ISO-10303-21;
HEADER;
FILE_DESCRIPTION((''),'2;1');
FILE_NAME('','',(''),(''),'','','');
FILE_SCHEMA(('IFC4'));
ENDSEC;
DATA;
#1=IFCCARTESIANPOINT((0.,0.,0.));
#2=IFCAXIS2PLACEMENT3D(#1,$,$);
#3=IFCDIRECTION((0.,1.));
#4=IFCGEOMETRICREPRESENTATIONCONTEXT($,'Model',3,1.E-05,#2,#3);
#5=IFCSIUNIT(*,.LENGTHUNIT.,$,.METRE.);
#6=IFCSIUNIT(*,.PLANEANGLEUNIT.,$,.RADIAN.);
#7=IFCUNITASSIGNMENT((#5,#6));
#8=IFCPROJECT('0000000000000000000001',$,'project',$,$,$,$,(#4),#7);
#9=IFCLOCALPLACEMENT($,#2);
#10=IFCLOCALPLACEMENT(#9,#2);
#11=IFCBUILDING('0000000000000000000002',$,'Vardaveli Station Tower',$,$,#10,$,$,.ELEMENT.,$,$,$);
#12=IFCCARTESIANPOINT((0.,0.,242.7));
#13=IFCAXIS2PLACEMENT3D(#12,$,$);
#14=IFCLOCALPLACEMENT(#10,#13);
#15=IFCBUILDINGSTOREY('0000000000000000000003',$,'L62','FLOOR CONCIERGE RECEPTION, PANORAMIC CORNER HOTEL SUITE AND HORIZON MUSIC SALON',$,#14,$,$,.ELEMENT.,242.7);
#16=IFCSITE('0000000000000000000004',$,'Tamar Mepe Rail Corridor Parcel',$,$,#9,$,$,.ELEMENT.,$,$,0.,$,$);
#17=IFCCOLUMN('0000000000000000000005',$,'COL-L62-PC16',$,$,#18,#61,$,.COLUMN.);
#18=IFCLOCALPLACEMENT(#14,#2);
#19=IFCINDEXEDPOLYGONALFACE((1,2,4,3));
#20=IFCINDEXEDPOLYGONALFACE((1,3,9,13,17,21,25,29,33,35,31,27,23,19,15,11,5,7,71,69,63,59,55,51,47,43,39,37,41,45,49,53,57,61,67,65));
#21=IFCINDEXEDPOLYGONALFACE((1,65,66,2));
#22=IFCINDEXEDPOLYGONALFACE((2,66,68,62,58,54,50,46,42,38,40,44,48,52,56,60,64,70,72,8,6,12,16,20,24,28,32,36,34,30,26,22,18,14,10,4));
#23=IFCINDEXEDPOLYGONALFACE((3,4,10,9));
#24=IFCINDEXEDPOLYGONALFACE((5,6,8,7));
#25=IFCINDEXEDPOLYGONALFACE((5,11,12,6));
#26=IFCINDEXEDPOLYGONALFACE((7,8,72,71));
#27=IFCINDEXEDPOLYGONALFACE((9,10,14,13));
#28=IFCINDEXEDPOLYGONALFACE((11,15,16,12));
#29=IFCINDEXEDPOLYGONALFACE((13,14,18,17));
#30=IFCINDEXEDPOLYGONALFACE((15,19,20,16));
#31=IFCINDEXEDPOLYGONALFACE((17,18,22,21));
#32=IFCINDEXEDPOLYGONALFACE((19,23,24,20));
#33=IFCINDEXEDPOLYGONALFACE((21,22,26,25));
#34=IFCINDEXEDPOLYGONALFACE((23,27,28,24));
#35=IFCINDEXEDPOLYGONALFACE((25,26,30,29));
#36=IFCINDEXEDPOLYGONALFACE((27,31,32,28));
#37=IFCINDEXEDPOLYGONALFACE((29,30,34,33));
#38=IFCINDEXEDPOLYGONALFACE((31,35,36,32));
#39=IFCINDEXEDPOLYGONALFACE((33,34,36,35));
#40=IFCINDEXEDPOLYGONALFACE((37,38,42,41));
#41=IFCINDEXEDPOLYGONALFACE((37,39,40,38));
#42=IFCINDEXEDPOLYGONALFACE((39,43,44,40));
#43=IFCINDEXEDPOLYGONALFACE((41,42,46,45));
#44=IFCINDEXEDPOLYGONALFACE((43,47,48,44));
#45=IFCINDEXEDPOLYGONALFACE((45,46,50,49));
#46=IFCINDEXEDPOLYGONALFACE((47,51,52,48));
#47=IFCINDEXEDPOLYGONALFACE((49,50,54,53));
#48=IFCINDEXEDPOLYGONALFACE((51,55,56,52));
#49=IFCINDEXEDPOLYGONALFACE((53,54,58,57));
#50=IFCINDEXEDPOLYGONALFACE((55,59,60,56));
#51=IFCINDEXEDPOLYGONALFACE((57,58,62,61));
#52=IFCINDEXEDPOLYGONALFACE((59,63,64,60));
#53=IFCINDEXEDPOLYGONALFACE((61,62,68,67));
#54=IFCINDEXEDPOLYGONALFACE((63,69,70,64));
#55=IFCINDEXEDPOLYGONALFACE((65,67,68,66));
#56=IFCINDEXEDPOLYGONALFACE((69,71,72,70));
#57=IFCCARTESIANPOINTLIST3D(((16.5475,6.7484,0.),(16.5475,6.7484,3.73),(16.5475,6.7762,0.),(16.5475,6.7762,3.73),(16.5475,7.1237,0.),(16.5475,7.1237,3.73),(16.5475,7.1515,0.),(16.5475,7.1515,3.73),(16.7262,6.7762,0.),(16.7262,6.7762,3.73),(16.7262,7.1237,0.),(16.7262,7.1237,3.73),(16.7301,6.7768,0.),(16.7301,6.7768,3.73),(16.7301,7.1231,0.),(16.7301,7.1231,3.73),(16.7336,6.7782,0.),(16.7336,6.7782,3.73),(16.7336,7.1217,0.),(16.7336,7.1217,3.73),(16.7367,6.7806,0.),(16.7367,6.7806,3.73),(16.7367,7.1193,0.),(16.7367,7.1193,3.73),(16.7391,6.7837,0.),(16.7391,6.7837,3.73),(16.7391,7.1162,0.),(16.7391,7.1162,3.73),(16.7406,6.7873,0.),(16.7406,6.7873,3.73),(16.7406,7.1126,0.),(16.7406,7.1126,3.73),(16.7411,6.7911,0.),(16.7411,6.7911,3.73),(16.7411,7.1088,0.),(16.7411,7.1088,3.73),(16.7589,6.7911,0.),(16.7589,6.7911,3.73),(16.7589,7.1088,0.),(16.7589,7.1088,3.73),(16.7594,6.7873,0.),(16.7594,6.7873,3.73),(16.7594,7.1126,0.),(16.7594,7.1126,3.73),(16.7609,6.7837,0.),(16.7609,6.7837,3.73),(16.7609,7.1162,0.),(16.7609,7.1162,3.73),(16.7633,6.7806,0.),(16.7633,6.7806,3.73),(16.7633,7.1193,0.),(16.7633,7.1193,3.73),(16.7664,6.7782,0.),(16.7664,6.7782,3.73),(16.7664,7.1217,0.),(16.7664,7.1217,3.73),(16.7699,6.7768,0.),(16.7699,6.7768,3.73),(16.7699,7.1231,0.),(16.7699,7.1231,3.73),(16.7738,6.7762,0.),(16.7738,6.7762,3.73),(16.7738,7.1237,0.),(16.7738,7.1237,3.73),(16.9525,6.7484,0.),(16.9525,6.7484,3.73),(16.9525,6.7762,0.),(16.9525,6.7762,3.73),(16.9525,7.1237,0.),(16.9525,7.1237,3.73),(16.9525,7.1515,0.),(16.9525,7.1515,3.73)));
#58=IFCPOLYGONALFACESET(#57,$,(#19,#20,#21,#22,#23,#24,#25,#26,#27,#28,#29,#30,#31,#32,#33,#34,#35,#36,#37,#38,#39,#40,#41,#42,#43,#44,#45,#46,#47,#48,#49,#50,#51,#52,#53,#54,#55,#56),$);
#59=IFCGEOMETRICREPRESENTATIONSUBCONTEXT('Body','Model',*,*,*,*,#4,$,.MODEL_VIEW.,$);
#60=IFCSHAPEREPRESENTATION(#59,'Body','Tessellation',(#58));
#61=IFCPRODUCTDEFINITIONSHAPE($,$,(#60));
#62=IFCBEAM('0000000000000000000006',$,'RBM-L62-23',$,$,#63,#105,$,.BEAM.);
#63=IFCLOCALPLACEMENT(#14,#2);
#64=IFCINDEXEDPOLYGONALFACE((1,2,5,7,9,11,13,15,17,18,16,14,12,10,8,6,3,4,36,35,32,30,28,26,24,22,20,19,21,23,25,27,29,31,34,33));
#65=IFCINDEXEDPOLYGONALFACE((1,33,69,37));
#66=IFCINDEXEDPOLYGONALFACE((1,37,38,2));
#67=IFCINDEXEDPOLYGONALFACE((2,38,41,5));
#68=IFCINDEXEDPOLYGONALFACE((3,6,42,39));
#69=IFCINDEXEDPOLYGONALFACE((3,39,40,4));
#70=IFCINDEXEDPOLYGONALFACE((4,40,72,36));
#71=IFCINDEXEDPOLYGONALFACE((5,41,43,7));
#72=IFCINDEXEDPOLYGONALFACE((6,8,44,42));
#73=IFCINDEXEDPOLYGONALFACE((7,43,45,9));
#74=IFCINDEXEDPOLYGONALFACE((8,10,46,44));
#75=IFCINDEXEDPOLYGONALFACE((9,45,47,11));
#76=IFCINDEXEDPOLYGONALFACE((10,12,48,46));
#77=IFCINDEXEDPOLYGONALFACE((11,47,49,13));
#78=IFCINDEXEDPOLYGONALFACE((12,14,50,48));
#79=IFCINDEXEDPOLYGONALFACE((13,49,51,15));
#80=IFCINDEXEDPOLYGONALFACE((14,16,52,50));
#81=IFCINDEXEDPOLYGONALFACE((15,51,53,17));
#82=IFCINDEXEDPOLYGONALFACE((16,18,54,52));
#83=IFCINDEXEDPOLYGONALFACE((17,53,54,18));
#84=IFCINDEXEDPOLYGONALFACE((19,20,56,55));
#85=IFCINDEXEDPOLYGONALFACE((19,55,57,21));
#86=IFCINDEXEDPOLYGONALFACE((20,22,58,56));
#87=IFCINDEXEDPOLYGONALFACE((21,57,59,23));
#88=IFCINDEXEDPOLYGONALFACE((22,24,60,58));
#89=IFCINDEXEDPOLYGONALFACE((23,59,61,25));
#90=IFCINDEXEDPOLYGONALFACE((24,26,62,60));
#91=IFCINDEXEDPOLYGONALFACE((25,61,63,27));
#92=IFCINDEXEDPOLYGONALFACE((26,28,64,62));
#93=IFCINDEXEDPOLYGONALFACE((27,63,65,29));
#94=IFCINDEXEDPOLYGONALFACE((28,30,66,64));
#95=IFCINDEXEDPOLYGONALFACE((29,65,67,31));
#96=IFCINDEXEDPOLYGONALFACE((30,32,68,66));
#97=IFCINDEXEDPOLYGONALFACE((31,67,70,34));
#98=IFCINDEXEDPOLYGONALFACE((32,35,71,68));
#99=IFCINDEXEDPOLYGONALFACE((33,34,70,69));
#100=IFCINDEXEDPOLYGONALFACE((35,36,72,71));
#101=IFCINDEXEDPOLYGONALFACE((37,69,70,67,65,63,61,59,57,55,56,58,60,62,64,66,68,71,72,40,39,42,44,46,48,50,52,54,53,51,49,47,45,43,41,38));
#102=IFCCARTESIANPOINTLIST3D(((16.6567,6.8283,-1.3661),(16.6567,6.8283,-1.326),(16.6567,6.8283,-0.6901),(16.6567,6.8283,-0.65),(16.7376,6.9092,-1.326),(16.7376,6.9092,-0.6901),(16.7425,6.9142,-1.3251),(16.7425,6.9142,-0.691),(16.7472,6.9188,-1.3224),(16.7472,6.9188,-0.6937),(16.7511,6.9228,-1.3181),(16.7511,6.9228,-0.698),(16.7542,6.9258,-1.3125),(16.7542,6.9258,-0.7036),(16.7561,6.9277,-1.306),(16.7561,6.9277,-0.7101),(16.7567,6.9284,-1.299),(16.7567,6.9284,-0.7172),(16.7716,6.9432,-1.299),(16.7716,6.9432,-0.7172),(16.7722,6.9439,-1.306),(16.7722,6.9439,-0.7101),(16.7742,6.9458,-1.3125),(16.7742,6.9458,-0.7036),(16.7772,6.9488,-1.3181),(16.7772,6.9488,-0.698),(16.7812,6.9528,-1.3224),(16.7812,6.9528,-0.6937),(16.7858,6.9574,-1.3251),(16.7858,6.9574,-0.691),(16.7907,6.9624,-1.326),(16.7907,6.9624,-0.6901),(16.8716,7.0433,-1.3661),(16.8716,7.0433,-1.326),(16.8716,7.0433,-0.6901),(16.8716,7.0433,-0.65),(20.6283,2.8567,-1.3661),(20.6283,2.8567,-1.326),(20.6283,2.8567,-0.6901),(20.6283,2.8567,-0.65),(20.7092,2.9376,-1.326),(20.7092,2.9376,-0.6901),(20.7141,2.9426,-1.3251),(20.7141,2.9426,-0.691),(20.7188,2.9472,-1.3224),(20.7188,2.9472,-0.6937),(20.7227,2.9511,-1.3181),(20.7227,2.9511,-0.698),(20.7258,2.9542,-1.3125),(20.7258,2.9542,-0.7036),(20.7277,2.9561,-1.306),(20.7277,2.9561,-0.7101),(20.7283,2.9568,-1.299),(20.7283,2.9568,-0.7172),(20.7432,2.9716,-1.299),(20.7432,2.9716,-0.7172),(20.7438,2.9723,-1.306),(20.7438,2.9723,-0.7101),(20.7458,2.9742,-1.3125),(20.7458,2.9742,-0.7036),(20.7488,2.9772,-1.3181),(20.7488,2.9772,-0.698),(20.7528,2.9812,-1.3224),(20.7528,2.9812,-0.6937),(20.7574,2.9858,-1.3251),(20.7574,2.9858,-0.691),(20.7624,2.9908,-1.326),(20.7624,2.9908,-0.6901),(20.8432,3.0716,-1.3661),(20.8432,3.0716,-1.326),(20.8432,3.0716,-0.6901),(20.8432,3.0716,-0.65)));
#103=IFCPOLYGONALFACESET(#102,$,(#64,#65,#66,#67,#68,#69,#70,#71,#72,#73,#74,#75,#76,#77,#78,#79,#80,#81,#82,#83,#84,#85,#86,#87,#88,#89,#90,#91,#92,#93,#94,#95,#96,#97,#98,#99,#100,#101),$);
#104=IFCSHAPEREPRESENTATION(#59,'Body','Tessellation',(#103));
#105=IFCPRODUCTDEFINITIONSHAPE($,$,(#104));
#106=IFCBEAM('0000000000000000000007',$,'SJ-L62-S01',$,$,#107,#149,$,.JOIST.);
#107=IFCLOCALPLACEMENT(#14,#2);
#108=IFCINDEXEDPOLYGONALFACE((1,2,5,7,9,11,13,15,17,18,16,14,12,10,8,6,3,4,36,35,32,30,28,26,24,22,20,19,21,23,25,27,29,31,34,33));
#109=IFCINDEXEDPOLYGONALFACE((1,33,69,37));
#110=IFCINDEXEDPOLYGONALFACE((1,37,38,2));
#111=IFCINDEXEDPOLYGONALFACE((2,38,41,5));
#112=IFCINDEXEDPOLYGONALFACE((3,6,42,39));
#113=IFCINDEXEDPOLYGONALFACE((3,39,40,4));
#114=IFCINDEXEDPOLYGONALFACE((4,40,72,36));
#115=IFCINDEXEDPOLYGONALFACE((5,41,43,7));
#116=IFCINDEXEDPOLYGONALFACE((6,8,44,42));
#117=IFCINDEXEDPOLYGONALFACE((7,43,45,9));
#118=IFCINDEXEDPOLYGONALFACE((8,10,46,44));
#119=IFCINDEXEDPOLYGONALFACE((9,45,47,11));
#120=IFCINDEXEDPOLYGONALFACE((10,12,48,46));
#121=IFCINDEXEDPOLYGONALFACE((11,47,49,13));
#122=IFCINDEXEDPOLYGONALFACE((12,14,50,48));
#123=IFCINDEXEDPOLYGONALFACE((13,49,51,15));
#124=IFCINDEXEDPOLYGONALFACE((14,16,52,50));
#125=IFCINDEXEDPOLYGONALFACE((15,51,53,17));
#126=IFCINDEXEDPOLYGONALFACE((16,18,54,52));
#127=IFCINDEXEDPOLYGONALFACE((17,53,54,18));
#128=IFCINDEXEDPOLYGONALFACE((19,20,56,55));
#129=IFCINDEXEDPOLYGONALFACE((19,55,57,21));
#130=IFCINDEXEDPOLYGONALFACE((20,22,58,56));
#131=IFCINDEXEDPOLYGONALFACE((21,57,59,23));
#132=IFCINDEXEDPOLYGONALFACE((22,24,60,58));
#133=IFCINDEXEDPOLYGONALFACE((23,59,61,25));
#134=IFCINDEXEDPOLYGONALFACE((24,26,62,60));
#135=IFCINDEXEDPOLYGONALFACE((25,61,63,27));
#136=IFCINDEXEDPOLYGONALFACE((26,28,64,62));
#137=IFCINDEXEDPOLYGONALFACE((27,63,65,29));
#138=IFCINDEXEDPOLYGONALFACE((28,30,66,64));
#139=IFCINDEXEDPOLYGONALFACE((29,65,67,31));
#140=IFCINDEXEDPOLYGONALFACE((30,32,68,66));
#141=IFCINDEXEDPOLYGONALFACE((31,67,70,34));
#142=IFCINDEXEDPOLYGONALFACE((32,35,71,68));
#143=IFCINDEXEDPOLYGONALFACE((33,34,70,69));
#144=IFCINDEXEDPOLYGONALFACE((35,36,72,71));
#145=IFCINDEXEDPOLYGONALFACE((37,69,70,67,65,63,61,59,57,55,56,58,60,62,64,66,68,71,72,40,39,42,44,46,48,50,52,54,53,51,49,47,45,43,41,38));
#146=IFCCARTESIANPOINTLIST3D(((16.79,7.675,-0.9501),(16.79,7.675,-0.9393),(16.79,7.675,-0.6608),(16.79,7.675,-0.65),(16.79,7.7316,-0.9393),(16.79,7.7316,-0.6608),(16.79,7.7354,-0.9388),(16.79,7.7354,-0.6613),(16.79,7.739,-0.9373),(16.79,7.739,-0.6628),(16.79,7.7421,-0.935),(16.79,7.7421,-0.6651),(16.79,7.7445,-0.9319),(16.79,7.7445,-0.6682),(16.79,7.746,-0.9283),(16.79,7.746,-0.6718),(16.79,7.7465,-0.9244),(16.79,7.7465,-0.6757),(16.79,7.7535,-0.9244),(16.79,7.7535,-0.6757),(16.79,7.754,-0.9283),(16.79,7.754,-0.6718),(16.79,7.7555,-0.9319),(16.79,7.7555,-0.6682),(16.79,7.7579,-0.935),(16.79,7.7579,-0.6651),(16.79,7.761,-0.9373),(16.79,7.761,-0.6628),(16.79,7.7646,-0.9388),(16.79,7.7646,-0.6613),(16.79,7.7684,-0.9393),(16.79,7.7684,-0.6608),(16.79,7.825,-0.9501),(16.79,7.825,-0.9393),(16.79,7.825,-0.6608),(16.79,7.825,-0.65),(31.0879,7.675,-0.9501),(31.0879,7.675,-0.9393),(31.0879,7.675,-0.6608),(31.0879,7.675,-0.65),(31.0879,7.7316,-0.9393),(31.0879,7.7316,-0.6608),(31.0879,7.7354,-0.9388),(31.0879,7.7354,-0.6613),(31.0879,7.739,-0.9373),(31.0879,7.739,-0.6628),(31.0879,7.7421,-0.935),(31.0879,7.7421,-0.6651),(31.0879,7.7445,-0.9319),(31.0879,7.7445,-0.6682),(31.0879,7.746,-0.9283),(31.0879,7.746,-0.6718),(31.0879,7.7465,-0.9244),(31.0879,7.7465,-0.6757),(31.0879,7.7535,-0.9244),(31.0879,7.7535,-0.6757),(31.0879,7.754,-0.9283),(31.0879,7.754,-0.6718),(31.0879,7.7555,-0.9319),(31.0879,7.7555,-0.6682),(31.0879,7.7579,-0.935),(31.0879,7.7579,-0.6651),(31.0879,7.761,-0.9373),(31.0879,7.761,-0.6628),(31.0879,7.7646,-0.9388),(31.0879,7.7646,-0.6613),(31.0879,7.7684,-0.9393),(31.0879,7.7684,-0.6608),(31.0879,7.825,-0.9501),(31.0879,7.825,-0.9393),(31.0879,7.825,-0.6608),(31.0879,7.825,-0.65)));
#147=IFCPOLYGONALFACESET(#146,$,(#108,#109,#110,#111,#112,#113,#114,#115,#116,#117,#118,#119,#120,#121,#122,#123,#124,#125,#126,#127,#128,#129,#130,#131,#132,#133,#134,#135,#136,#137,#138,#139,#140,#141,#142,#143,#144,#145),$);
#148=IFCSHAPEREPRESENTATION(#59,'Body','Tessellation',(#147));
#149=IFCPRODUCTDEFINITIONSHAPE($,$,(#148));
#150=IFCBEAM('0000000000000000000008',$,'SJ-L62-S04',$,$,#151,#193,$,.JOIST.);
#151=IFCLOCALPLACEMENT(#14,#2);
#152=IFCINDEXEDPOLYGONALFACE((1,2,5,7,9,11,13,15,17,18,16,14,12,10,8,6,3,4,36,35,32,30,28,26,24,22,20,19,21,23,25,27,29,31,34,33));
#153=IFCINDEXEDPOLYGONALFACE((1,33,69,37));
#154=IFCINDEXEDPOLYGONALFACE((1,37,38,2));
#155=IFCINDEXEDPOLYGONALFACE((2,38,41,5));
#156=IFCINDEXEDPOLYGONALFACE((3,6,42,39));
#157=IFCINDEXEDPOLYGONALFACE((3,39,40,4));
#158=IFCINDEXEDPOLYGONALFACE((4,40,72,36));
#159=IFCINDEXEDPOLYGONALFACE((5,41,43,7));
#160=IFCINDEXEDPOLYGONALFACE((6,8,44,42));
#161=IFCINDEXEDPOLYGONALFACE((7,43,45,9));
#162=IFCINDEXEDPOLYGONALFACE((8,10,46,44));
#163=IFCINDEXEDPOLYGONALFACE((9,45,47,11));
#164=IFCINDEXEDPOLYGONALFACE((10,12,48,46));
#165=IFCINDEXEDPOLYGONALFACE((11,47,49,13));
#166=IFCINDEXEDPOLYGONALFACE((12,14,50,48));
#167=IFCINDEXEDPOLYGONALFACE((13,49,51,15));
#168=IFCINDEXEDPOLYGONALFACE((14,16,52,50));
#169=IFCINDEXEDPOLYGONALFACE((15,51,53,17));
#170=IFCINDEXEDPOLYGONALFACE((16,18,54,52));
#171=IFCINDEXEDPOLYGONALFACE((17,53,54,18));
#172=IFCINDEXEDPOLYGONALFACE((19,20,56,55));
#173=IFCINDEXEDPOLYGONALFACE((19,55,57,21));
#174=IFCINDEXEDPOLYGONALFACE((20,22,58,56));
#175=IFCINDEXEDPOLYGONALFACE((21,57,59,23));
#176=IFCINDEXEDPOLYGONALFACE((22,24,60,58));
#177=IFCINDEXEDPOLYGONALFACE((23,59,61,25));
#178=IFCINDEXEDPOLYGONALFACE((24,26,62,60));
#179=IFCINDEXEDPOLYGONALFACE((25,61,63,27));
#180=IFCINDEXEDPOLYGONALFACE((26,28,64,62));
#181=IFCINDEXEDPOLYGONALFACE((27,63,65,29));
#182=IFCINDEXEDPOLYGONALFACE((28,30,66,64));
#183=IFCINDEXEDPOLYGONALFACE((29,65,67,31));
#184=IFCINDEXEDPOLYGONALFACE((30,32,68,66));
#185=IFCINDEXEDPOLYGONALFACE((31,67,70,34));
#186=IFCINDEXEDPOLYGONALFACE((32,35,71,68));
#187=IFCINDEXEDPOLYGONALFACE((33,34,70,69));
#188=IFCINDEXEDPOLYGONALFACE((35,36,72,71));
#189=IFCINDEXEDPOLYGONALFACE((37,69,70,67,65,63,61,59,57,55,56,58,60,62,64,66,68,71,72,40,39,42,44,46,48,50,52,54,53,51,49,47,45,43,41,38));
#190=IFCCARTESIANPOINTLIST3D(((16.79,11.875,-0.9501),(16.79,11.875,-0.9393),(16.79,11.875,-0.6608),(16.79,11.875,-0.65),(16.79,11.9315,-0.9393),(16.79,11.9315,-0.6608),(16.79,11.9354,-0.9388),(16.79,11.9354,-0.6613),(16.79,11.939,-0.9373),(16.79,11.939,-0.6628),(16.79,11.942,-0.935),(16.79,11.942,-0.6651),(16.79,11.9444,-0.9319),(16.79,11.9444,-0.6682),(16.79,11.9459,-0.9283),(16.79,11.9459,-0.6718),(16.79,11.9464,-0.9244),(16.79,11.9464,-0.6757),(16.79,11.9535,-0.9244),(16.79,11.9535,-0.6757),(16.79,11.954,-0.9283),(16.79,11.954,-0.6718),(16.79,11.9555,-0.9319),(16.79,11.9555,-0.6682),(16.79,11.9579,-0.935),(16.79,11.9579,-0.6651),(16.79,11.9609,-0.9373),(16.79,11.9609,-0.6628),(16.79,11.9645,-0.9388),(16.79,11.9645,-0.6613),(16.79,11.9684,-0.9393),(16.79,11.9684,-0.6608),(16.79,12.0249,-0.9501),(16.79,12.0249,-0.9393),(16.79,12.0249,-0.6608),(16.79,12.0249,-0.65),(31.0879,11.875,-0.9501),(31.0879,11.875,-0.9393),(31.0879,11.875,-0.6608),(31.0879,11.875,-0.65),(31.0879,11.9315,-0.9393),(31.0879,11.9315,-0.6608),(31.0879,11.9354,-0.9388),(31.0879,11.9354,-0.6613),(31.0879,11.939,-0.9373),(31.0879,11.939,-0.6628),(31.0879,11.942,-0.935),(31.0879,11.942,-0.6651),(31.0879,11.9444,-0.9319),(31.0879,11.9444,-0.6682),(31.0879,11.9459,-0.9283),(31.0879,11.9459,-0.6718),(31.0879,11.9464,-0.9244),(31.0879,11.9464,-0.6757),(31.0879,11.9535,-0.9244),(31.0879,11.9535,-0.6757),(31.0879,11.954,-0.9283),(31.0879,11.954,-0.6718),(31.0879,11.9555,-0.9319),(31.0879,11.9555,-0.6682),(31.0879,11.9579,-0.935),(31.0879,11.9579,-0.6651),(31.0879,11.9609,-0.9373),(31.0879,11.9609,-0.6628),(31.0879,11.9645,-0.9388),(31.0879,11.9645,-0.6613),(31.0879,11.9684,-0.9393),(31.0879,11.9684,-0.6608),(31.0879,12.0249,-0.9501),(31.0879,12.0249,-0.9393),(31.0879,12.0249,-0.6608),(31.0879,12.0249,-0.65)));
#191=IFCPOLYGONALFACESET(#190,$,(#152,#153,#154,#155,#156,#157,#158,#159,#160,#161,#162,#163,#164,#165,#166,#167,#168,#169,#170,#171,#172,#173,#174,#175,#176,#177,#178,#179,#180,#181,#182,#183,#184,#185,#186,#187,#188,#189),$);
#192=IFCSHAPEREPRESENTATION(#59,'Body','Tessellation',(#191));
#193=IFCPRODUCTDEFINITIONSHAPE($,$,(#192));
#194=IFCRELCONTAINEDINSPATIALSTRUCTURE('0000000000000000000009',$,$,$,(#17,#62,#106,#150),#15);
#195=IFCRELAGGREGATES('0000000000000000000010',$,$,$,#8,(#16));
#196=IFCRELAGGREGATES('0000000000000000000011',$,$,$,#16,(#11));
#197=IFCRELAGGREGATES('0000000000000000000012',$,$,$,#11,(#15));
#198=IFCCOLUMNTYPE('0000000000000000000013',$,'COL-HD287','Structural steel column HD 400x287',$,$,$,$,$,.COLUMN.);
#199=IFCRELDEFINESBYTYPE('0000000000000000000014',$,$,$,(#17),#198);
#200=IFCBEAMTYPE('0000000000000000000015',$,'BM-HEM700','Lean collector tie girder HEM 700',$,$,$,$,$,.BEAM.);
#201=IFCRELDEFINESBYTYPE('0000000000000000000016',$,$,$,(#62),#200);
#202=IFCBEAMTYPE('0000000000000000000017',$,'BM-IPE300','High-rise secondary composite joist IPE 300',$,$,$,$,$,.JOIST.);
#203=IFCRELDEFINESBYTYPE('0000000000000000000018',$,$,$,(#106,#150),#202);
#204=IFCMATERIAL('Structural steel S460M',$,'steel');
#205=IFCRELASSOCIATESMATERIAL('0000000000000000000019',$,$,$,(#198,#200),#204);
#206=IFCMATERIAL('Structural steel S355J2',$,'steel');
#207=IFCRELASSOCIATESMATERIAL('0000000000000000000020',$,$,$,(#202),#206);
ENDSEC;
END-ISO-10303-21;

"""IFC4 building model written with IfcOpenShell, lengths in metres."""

from ifc_helpers import new_model, si_unit, direction, frame, origin, origin_2d, place, context, subcontext, project, spatial, i_section, extrude, source, transform, mapped, material, material_profile, profile_set, type_object, element, save


model = new_model("IFC4")

# Units and contexts
model_context = context("Model", 3, precision=1e-05, world=origin(), true_north=direction((0.0, 1.0)))
body_context = subcontext(model_context, "Body", "Model", "MODEL_VIEW")
ifc_project = project(units=[si_unit("LENGTHUNIT", "METRE"), si_unit("PLANEANGLEUNIT", "RADIAN")], contexts=[model_context])

# Site, building, storey
site_placement = place(None, origin())
site = spatial("IfcSite", under=ifc_project, at=site_placement, Name="Tamar Mepe Rail Corridor Parcel", CompositionType="ELEMENT", RefElevation=0.0)
building_placement = place(site_placement, origin())
building = spatial("IfcBuilding", under=site, at=building_placement, Name="Vardaveli Station Tower", CompositionType="ELEMENT")
storey_placement = place(building_placement, frame((0.0, 0.0, 242.7)))
storey = spatial("IfcBuildingStorey", under=building, at=storey_placement, Name="L62", Description="FLOOR CONCIERGE RECEPTION, PANORAMIC CORNER HOTEL SUITE AND HORIZON MUSIC SALON", CompositionType="ELEMENT", Elevation=242.7)

# Column
ifc_material_1 = material(Name="Structural steel S460M", Category="steel")
ifc_material_profile_1 = material_profile(ifc_material_1, i_section(OverallWidth=0.405, OverallDepth=0.4031, WebThickness=0.0178, FlangeThickness=0.0278, FilletRadius=0.0149, at=origin_2d()), Name="HD 400x287")
ifc_profile_set_1 = profile_set([ifc_material_profile_1], Name="Structural steel S460M")
column_type = type_object("IfcColumnType", Name="COL-HD287", Description="Structural steel column HD 400x287", PredefinedType="COLUMN", material=ifc_profile_set_1)
shared_shape_1 = source(origin(), body_context, "Body", "SweptSolid", [
    extrude(i_section(OverallWidth=0.405, OverallDepth=0.4031, WebThickness=0.0178, FlangeThickness=0.0278, FilletRadius=0.0149, at=origin_2d()), origin(), (0.0, 0.0, 1.0), 3.73),
])
column_placement = place(storey_placement, frame((16.75, 6.95, 0.0), z_axis=(0.0, 0.0, 1.0), x_axis=(1.0, 0.0, 0.0)))
element("IfcColumn", 1, at=column_placement, inside=storey, type_object=column_type, Name="COL-L62-PC16", PredefinedType="COLUMN", context=body_context, shape_type="MappedRepresentation", body=[
    mapped(shared_shape_1, transform((0.0, 0.0, 0.0), scale=1.0)),
])

# Beams
ifc_material_profile_2 = material_profile(ifc_material_1, i_section(OverallWidth=0.304, OverallDepth=0.7161, WebThickness=0.021, FlangeThickness=0.04, FilletRadius=0.0271, at=origin_2d()), Name="HEM 700")
ifc_profile_set_2 = profile_set([ifc_material_profile_2], Name="Structural steel S460M")
beam_type_1 = type_object("IfcBeamType", Name="BM-HEM700", Description="Lean collector tie girder HEM 700", PredefinedType="BEAM", material=ifc_profile_set_2)
shared_shape_2 = source(origin(), body_context, "Body", "SweptSolid", [
    extrude(i_section(OverallWidth=0.304, OverallDepth=0.7161, WebThickness=0.021, FlangeThickness=0.04, FilletRadius=0.0271, at=origin_2d()), origin(), (0.0, 0.0, 1.0), 5.6167),
])
beam_placement = place(storey_placement, frame((16.7642, 6.9358, -1.0081), z_axis=(0.707107, -0.707107, 0.0), x_axis=(0.707107, 0.707107, 0.0)))
element("IfcBeam", 2, at=beam_placement, inside=storey, type_object=beam_type_1, Name="RBM-L62-23", PredefinedType="BEAM", context=body_context, shape_type="MappedRepresentation", body=[
    mapped(shared_shape_2, transform((0.0, 0.0, 0.0), scale=1.0)),
])
ifc_material_2 = material(Name="Structural steel S355J2", Category="steel")
ifc_material_profile_3 = material_profile(ifc_material_2, i_section(OverallWidth=0.1499, OverallDepth=0.3, WebThickness=0.0071, FlangeThickness=0.0107, FilletRadius=0.0149, at=origin_2d()), Name="IPE 300")
ifc_profile_set_3 = profile_set([ifc_material_profile_3], Name="Structural steel S355J2")
beam_type_2 = type_object("IfcBeamType", Name="BM-IPE300", Description="High-rise secondary composite joist IPE 300", PredefinedType="JOIST", material=ifc_profile_set_3)
shared_shape_3 = source(origin(), body_context, "Body", "SweptSolid", [
    extrude(i_section(OverallWidth=0.1499, OverallDepth=0.3, WebThickness=0.0071, FlangeThickness=0.0107, FilletRadius=0.0149, at=origin_2d()), origin(), (0.0, 0.0, 1.0), 14.2979),
])
for number, where, z_axis, x_axis, name in (
    (3, (16.79, 7.75, -0.8), (1.0, 0.0, 0.0), (0.0, 1.0, 0.0), "SJ-L62-S01"),
    (4, (16.79, 11.95, -0.8), (1.0, 0.0, 0.0), (0.0, 1.0, 0.0), "SJ-L62-S04"),
):
    element("IfcBeam", number, at=place(storey_placement, frame(where, z_axis=z_axis, x_axis=x_axis)), inside=storey, type_object=beam_type_2, Name=name, PredefinedType="JOIST", context=body_context, shape_type="MappedRepresentation", body=[
        mapped(shared_shape_3, transform((0.0, 0.0, 0.0), scale=1.0)),
    ])

save(model, "model.ifc")
